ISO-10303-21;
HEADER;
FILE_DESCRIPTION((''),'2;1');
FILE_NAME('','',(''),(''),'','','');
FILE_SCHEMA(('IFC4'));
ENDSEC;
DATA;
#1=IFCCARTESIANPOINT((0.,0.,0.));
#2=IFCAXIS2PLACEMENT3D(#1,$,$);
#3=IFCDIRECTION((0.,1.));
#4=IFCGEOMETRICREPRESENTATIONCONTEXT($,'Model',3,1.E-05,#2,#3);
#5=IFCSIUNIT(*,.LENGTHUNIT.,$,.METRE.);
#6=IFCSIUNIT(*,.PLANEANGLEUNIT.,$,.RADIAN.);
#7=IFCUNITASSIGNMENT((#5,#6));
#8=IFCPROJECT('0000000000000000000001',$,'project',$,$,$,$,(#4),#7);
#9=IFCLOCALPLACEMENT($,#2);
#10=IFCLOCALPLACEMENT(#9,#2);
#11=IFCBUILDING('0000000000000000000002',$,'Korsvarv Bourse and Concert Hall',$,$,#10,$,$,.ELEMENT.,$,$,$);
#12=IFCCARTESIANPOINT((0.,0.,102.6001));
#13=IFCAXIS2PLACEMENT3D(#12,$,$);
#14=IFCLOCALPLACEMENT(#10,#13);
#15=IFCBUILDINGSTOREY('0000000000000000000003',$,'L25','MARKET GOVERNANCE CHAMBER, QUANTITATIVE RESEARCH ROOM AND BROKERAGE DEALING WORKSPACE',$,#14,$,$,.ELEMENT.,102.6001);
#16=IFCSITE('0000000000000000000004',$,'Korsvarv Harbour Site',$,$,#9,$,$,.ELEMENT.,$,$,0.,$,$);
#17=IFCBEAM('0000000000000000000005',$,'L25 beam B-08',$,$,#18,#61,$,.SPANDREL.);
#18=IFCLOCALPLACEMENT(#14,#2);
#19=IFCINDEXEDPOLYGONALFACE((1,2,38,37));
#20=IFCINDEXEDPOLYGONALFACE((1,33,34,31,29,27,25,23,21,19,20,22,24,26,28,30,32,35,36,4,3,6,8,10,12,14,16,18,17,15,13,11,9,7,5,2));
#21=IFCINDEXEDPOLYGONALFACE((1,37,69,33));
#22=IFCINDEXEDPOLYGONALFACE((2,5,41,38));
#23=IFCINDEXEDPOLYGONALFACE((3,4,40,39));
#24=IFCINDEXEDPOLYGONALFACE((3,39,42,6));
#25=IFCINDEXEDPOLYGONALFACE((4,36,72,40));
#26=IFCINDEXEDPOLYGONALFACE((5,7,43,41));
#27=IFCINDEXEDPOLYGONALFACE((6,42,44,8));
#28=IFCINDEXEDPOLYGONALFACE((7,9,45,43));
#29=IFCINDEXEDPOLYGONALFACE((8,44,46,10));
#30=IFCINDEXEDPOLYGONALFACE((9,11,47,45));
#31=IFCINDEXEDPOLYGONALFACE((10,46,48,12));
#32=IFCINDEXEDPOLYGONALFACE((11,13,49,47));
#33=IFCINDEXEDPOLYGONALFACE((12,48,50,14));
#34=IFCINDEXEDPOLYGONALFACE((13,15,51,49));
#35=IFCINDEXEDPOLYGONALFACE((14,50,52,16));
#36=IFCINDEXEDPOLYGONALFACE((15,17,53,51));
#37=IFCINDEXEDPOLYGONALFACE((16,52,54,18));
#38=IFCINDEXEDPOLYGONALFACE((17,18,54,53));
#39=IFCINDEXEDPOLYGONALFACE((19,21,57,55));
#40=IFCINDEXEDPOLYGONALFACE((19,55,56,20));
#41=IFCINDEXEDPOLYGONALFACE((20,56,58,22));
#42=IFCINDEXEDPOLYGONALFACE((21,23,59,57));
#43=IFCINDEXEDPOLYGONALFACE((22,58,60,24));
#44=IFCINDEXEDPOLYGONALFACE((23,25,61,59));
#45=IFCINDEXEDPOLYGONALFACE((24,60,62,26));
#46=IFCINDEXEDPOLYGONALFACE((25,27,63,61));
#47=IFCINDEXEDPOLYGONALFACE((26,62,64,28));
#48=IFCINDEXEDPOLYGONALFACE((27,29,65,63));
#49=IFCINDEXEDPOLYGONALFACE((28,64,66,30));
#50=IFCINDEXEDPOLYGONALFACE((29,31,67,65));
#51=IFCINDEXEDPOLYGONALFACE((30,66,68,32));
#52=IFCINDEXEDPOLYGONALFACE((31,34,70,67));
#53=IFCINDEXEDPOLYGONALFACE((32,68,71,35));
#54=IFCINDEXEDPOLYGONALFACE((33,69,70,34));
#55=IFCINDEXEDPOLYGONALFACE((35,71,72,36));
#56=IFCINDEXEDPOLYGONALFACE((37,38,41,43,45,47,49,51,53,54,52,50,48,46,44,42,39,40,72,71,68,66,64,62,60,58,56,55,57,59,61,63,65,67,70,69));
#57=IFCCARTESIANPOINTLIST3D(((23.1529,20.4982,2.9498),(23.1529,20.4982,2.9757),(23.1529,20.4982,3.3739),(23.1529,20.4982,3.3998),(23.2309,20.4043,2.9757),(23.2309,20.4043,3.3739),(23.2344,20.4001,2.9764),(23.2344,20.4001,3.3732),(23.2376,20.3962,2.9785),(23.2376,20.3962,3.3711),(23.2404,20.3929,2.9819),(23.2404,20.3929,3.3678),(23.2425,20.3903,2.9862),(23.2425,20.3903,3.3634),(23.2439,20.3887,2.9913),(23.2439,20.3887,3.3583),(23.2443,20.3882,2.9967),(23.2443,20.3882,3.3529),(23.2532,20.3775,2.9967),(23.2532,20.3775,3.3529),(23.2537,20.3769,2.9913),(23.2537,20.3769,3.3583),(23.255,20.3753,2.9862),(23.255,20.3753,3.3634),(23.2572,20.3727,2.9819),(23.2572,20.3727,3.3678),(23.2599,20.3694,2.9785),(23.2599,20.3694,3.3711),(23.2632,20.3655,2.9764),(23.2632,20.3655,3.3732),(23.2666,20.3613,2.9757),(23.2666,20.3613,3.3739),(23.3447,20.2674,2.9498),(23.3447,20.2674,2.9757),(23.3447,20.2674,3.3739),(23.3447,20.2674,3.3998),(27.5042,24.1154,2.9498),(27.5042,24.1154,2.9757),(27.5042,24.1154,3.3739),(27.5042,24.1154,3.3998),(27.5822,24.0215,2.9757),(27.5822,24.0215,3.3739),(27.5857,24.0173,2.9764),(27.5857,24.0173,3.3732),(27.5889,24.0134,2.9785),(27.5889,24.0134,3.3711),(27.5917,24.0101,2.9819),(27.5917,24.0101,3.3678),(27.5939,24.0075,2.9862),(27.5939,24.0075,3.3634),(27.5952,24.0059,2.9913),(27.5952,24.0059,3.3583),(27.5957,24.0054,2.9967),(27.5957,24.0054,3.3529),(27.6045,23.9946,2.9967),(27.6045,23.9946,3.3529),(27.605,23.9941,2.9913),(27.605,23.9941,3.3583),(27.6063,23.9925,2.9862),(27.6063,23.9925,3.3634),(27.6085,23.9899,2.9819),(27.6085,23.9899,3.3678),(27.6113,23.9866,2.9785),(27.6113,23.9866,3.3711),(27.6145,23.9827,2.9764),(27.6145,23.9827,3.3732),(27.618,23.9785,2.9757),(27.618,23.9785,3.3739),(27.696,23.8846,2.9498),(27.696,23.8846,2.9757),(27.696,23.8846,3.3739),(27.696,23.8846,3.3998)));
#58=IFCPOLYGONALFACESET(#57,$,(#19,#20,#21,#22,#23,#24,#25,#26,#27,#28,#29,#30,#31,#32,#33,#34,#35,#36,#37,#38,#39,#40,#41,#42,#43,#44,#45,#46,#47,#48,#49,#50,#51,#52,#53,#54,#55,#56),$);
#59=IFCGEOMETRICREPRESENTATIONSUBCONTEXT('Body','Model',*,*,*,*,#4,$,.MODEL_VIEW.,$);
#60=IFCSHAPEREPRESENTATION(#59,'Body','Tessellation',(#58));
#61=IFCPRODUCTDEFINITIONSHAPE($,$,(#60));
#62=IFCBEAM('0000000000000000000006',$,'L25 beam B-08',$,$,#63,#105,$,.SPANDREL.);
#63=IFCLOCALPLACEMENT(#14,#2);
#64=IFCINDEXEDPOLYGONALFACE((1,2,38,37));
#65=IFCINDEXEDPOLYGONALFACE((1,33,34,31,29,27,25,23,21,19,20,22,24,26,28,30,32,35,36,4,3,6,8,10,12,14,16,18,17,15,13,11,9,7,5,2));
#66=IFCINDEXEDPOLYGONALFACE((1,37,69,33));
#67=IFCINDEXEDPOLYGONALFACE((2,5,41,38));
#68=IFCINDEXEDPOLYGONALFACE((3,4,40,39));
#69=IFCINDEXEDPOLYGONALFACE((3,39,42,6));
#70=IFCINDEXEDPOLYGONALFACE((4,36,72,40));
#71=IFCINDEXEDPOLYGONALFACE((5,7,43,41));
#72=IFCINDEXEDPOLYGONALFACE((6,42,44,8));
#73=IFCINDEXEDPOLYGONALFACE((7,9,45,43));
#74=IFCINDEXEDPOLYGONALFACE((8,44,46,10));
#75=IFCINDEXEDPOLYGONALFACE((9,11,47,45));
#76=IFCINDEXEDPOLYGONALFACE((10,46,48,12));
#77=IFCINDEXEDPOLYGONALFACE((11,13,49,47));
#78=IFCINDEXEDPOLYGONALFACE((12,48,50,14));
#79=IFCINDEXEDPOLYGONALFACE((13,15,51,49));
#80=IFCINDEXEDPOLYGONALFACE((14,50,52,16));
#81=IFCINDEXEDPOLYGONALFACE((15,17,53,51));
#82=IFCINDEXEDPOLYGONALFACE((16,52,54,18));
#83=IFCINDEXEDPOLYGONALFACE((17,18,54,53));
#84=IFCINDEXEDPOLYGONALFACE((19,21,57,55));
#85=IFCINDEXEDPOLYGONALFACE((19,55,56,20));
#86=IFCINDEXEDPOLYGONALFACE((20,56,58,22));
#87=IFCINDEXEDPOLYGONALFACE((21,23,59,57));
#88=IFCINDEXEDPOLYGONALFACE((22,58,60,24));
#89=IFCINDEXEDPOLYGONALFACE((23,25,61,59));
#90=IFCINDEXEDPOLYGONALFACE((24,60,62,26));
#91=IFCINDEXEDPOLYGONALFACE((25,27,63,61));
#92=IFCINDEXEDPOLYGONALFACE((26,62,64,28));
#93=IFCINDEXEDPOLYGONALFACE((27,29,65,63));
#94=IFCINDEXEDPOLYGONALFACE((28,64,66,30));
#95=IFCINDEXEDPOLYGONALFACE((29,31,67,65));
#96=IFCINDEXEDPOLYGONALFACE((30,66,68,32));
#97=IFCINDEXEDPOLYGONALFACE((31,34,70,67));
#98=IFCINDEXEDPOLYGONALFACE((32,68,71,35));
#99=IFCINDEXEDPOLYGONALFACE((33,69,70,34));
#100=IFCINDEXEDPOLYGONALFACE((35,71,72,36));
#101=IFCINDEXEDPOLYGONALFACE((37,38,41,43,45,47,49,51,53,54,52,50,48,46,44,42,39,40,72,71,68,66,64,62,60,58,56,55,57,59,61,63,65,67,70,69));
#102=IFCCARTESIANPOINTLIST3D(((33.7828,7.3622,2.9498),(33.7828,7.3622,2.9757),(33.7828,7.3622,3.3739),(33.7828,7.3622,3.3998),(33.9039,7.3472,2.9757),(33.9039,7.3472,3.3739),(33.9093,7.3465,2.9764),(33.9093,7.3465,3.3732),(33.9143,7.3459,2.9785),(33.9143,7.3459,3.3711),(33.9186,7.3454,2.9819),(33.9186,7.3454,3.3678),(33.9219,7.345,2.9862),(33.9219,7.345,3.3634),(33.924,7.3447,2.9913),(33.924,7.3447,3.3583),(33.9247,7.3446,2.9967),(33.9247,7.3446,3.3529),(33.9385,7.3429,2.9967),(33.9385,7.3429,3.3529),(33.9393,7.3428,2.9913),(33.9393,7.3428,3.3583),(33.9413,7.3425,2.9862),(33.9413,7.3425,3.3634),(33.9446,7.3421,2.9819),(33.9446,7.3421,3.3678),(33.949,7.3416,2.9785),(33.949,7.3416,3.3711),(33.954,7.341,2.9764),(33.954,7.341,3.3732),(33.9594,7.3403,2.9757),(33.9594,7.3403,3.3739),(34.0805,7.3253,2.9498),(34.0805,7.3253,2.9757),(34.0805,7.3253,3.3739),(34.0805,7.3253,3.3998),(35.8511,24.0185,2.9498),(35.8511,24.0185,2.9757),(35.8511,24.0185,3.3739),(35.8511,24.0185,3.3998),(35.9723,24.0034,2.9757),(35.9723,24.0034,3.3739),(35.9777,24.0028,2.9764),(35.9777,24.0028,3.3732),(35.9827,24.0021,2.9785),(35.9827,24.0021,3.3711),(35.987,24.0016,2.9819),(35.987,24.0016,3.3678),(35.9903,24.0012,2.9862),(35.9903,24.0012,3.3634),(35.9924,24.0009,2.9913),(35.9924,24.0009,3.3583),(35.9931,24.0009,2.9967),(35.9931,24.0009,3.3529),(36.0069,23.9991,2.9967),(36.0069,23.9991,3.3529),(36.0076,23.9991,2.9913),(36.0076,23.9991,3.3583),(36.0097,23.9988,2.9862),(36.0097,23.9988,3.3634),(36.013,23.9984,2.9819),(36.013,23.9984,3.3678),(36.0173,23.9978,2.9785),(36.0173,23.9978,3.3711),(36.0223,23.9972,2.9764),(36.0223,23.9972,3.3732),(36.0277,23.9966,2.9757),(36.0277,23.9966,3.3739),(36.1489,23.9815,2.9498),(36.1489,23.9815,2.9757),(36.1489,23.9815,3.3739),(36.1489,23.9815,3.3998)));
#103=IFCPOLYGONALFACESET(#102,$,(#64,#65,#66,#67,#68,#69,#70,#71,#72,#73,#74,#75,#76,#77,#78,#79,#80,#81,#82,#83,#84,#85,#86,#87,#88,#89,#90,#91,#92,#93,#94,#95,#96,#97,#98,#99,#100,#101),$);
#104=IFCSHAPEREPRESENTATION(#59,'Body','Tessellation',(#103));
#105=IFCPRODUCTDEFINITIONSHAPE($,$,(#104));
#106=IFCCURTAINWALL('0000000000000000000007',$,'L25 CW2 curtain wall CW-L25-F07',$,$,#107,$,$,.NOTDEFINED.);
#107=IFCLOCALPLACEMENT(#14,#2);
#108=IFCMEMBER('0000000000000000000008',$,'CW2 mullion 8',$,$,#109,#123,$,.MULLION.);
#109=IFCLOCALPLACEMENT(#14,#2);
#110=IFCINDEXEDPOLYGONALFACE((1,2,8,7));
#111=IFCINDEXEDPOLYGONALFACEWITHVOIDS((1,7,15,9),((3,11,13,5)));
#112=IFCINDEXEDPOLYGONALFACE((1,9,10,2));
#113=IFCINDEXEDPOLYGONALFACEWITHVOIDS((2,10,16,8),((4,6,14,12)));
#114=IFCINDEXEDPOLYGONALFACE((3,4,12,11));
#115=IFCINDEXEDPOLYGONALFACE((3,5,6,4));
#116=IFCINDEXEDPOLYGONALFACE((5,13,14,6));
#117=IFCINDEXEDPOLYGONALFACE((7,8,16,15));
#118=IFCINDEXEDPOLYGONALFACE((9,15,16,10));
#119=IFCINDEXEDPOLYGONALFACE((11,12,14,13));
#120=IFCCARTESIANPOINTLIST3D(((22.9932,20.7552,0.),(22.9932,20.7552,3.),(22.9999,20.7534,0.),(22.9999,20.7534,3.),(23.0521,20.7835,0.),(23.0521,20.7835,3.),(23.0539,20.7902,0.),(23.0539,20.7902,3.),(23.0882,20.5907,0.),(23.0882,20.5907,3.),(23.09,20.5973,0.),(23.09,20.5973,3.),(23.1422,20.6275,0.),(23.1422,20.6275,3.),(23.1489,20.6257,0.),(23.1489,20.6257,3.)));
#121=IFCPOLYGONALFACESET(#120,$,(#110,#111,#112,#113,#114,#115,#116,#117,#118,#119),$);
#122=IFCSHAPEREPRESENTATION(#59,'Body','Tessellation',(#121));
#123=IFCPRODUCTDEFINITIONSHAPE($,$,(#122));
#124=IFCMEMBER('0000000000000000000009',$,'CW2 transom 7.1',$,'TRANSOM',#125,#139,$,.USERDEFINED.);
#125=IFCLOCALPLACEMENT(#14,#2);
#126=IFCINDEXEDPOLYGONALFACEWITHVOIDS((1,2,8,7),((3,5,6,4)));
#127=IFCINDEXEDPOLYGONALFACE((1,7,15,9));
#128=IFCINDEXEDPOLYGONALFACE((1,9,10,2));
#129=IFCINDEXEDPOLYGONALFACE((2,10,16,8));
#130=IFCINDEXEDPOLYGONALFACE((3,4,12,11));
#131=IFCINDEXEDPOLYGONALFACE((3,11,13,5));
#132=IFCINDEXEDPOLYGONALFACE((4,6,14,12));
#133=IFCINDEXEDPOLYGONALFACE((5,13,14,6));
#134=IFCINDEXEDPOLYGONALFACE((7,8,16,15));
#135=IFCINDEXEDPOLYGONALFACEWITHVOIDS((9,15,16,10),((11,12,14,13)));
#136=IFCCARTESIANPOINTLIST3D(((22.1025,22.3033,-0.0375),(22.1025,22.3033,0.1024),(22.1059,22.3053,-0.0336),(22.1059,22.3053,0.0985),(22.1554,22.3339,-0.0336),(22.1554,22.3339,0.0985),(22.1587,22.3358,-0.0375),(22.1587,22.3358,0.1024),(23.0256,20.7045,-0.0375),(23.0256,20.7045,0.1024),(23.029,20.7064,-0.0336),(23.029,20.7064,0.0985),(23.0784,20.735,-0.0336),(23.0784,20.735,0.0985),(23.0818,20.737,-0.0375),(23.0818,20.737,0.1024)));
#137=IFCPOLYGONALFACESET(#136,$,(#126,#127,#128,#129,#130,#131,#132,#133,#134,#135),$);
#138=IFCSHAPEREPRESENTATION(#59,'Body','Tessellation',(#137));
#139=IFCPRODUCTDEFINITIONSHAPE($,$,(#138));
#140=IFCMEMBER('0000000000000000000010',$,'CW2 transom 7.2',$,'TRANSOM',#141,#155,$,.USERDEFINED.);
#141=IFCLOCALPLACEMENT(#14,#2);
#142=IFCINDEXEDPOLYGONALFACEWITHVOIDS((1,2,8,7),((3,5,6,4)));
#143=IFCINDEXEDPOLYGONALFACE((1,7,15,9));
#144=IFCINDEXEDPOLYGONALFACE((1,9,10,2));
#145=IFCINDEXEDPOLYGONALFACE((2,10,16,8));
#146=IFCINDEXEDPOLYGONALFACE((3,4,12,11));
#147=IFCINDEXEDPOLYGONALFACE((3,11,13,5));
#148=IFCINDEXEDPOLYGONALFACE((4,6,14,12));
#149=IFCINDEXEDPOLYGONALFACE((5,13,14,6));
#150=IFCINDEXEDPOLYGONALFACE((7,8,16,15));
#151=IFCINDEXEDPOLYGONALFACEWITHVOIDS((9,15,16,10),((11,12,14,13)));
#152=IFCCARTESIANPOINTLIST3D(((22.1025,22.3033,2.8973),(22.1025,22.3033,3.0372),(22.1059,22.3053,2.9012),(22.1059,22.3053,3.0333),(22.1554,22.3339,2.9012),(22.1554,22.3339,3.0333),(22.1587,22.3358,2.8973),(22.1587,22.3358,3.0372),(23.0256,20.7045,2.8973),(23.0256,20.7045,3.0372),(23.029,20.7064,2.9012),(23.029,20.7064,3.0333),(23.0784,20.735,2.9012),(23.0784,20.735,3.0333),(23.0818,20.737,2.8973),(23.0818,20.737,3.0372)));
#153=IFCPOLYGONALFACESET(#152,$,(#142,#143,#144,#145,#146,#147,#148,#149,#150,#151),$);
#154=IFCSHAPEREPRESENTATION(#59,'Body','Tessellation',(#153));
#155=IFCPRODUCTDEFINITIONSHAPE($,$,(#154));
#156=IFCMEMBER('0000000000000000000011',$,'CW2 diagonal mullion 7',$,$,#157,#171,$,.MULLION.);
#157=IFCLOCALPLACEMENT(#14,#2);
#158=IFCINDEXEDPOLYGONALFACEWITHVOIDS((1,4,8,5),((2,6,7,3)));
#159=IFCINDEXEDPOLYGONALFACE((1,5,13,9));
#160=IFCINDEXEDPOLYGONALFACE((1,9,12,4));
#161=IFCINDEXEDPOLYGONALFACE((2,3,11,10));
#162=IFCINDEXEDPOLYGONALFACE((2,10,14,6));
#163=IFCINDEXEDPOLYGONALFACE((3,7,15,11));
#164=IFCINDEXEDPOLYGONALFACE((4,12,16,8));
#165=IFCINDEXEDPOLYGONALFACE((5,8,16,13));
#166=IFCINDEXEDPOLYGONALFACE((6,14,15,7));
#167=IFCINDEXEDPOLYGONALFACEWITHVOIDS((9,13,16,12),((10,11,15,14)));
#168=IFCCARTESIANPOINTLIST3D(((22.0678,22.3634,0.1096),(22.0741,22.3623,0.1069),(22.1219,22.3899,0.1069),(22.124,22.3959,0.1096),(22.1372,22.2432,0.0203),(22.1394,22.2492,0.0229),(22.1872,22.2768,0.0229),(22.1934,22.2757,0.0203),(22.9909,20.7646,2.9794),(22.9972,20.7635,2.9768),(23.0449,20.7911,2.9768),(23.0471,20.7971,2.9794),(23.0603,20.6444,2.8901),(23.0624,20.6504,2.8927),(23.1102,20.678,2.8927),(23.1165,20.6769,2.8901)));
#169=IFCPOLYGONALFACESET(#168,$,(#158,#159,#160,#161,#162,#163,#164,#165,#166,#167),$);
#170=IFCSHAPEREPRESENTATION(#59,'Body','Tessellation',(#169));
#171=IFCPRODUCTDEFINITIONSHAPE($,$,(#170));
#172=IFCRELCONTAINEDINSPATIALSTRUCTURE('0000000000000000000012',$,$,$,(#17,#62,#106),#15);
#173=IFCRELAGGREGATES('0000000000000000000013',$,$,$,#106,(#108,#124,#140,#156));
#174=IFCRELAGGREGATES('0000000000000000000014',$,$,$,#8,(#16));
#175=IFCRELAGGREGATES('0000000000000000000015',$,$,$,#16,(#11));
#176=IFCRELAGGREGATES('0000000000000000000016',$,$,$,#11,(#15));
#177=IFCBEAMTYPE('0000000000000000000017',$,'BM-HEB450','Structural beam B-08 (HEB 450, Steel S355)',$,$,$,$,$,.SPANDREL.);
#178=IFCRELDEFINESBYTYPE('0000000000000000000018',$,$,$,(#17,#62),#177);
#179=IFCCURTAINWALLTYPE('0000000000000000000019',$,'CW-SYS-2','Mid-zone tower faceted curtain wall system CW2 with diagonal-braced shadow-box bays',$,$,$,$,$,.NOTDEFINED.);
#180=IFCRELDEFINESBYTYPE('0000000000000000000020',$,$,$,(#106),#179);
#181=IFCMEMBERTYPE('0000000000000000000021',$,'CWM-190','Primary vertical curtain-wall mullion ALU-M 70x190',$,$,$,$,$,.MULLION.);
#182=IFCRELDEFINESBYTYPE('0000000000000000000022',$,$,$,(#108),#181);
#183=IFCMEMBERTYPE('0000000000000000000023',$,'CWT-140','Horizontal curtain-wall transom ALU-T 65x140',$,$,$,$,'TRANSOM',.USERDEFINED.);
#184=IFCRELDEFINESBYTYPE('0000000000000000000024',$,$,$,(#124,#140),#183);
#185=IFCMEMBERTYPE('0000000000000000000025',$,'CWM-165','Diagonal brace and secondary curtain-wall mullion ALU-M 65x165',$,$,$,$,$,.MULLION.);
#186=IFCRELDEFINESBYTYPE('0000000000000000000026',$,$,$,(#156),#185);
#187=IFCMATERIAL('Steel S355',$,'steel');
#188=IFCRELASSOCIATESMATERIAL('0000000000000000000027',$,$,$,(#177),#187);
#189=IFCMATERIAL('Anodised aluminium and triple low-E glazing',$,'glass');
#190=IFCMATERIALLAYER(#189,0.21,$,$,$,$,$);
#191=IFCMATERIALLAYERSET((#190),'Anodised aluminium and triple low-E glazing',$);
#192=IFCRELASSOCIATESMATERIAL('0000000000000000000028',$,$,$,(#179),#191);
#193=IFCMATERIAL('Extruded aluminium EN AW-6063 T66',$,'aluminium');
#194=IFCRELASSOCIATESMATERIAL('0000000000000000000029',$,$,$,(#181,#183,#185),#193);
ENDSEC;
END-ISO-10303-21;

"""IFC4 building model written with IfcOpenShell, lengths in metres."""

from ifc_helpers import new_model, si_unit, direction, frame, origin, origin_2d, place, context, subcontext, project, spatial, hollow_rectangle, i_section, extrude, source, transform, mapped, material, layer, layer_set, material_profile, profile_set, type_object, element, aggregate, save


model = new_model("IFC4")

# Units and contexts
model_context = context("Model", 3, precision=1e-05, world=origin(), true_north=direction((0.0, 1.0)))
body_context = subcontext(model_context, "Body", "Model", "MODEL_VIEW")
ifc_project = project(units=[si_unit("LENGTHUNIT", "METRE"), si_unit("PLANEANGLEUNIT", "RADIAN")], contexts=[model_context])

# Site, building, storey
site_placement = place(None, origin())
site = spatial("IfcSite", under=ifc_project, at=site_placement, Name="Korsvarv Harbour Site", CompositionType="ELEMENT", RefElevation=0.0)
building_placement = place(site_placement, origin())
building = spatial("IfcBuilding", under=site, at=building_placement, Name="Korsvarv Bourse and Concert Hall", CompositionType="ELEMENT")
storey_placement = place(building_placement, frame((0.0, 0.0, 102.6001)))
storey = spatial("IfcBuildingStorey", under=building, at=storey_placement, Name="L25", Description="MARKET GOVERNANCE CHAMBER, QUANTITATIVE RESEARCH ROOM AND BROKERAGE DEALING WORKSPACE", CompositionType="ELEMENT", Elevation=102.6001)

# Beams
ifc_material_1 = material(Name="Steel S355", Category="steel")
ifc_material_profile_1 = material_profile(ifc_material_1, i_section(OverallWidth=0.3, OverallDepth=0.45, WebThickness=0.0139, FlangeThickness=0.0259, FilletRadius=0.021, at=origin_2d()), Name="HEB 450")
ifc_profile_set_1 = profile_set([ifc_material_profile_1], Name="Steel S355")
beam_type_1 = type_object("IfcBeamType", Name="BM-HEB450", Description="Structural beam B-08 (HEB 450, Steel S355)", PredefinedType="SPANDREL", material=ifc_profile_set_1)
shared_shape_1 = source(origin(), body_context, "Body", "SweptSolid", [
    extrude(i_section(OverallWidth=0.3, OverallDepth=0.45, WebThickness=0.0139, FlangeThickness=0.0259, FilletRadius=0.021, at=origin_2d()), origin(), (0.0, 0.0, 1.0), 5.6584),
])
beam_1_placement = place(storey_placement, frame((23.2488, 20.3828, 3.1748), z_axis=(0.768995, 0.639255, 0.0), x_axis=(-0.639255, 0.768995, 0.0)))
element("IfcBeam", 1, at=beam_1_placement, inside=storey, type_object=beam_type_1, Name="L25 beam B-08", PredefinedType="SPANDREL", context=body_context, shape_type="MappedRepresentation", body=[
    mapped(shared_shape_1, transform((0.0, 0.0, 0.0), scale=1.0)),
])
shared_shape_2 = source(origin(), body_context, "Body", "SweptSolid", [
    extrude(i_section(OverallWidth=0.3, OverallDepth=0.45, WebThickness=0.0139, FlangeThickness=0.0259, FilletRadius=0.021, at=origin_2d()), origin(), (0.0, 0.0, 1.0), 16.7842),
])
beam_2_placement = place(storey_placement, frame((33.9316, 7.3438, 3.1748), z_axis=(0.123233, 0.992378, 0.0), x_axis=(-0.992378, 0.123233, 0.0)))
element("IfcBeam", 2, at=beam_2_placement, inside=storey, type_object=beam_type_1, Name="L25 beam B-08", PredefinedType="SPANDREL", context=body_context, shape_type="MappedRepresentation", body=[
    mapped(shared_shape_2, transform((0.0, 0.0, 0.0), scale=1.0)),
])

# Curtain wall, members
ifc_material_2 = material(Name="Anodised aluminium and triple low-E glazing", Category="glass")
ifc_layer_1 = layer(ifc_material_2, 0.21)
ifc_layer_set_1 = layer_set([ifc_layer_1], Name="Anodised aluminium and triple low-E glazing")
curtain_wall_type = type_object("IfcCurtainWallType", Name="CW-SYS-2", Description="Mid-zone tower faceted curtain wall system CW2 with diagonal-braced shadow-box bays", PredefinedType="NOTDEFINED", material=ifc_layer_set_1)
curtain_wall_placement = place(storey_placement, origin())
curtain_wall = element("IfcCurtainWall", 3, at=curtain_wall_placement, inside=storey, type_object=curtain_wall_type, Name="L25 CW2 curtain wall CW-L25-F07", PredefinedType="NOTDEFINED")
ifc_material_3 = material(Name="Extruded aluminium EN AW-6063 T66", Category="aluminium")
ifc_material_profile_2 = material_profile(ifc_material_3, hollow_rectangle(XDim=0.0701, YDim=0.1899, WallThickness=0.0049, at=origin_2d()), Name="ALU-M 70x190")
ifc_profile_set_2 = profile_set([ifc_material_profile_2], Name="Extruded aluminium EN AW-6063 T66")
member_type_1 = type_object("IfcMemberType", Name="CWM-190", Description="Primary vertical curtain-wall mullion ALU-M 70x190", PredefinedType="MULLION", material=ifc_profile_set_2)
shared_shape_3 = source(origin(), body_context, "Body", "SweptSolid", [
    extrude(hollow_rectangle(XDim=0.0701, YDim=0.1899, WallThickness=0.0049, at=origin_2d()), origin(), (0.0, 0.0, 1.0), 3.0),
])
member_1_placement = place(storey_placement, frame((23.071, 20.6904, 0.0), z_axis=(0.0, 0.0, 1.0), x_axis=(0.866024, 0.500002, 0.0)))
member_1 = element("IfcMember", 4, at=member_1_placement, type_object=member_type_1, Name="CW2 mullion 8", PredefinedType="MULLION", context=body_context, shape_type="MappedRepresentation", body=[
    mapped(shared_shape_3, transform((0.0, 0.0, 0.0), scale=1.0)),
])
ifc_material_profile_3 = material_profile(ifc_material_3, hollow_rectangle(XDim=0.0649, YDim=0.1399, WallThickness=0.0039, at=origin_2d()), Name="ALU-T 65x140")
ifc_profile_set_3 = profile_set([ifc_material_profile_3], Name="Extruded aluminium EN AW-6063 T66")
member_type_2 = type_object("IfcMemberType", Name="CWT-140", Description="Horizontal curtain-wall transom ALU-T 65x140", ElementType="TRANSOM", PredefinedType="USERDEFINED", material=ifc_profile_set_3)
shared_shape_4 = source(origin(), body_context, "Body", "SweptSolid", [
    extrude(hollow_rectangle(XDim=0.0649, YDim=0.1399, WallThickness=0.0039, at=origin_2d()), origin(), (0.0, 0.0, 1.0), 1.8462),
])
member_2_placement = place(storey_placement, frame((22.1306, 22.3196, 0.0325), z_axis=(0.499993, -0.866029, 0.0), x_axis=(0.866029, 0.499993, 0.0)))
member_2 = element("IfcMember", 5, at=member_2_placement, type_object=member_type_2, Name="CW2 transom 7.1", ObjectType="TRANSOM", PredefinedType="USERDEFINED", context=body_context, shape_type="MappedRepresentation", body=[
    mapped(shared_shape_4, transform((0.0, 0.0, 0.0), scale=1.0)),
])
member_3_placement = place(storey_placement, frame((22.1306, 22.3196, 2.9673), z_axis=(0.499993, -0.866029, 0.0), x_axis=(0.866029, 0.499993, 0.0)))
member_3 = element("IfcMember", 6, at=member_3_placement, type_object=member_type_2, Name="CW2 transom 7.2", ObjectType="TRANSOM", PredefinedType="USERDEFINED", context=body_context, shape_type="MappedRepresentation", body=[
    mapped(shared_shape_4, transform((0.0, 0.0, 0.0), scale=1.0)),
])
ifc_material_profile_4 = material_profile(ifc_material_3, hollow_rectangle(XDim=0.0649, YDim=0.165, WallThickness=0.0049, at=origin_2d()), Name="ALU-M 65x165")
ifc_profile_set_4 = profile_set([ifc_material_profile_4], Name="Extruded aluminium EN AW-6063 T66")
member_type_3 = type_object("IfcMemberType", Name="CWM-165", Description="Diagonal brace and secondary curtain-wall mullion ALU-M 65x165", PredefinedType="MULLION", material=ifc_profile_set_4)
shared_shape_5 = source(origin(), body_context, "Body", "SweptSolid", [
    extrude(hollow_rectangle(XDim=0.0649, YDim=0.165, WallThickness=0.0049, at=origin_2d()), origin(), (0.0, 0.0, 1.0), 3.4124),
])
member_4_placement = place(storey_placement, frame((22.1306, 22.3196, 0.0649), z_axis=(0.27051, -0.468545, 0.841005), x_axis=(0.866029, 0.499993, 0.0)))
member_4 = element("IfcMember", 7, at=member_4_placement, type_object=member_type_3, Name="CW2 diagonal mullion 7", PredefinedType="MULLION", context=body_context, shape_type="MappedRepresentation", body=[
    mapped(shared_shape_5, transform((0.0, 0.0, 0.0), scale=1.0)),
])
aggregate(curtain_wall, [member_1, member_2, member_3, member_4])

save(model, "model.ifc")
